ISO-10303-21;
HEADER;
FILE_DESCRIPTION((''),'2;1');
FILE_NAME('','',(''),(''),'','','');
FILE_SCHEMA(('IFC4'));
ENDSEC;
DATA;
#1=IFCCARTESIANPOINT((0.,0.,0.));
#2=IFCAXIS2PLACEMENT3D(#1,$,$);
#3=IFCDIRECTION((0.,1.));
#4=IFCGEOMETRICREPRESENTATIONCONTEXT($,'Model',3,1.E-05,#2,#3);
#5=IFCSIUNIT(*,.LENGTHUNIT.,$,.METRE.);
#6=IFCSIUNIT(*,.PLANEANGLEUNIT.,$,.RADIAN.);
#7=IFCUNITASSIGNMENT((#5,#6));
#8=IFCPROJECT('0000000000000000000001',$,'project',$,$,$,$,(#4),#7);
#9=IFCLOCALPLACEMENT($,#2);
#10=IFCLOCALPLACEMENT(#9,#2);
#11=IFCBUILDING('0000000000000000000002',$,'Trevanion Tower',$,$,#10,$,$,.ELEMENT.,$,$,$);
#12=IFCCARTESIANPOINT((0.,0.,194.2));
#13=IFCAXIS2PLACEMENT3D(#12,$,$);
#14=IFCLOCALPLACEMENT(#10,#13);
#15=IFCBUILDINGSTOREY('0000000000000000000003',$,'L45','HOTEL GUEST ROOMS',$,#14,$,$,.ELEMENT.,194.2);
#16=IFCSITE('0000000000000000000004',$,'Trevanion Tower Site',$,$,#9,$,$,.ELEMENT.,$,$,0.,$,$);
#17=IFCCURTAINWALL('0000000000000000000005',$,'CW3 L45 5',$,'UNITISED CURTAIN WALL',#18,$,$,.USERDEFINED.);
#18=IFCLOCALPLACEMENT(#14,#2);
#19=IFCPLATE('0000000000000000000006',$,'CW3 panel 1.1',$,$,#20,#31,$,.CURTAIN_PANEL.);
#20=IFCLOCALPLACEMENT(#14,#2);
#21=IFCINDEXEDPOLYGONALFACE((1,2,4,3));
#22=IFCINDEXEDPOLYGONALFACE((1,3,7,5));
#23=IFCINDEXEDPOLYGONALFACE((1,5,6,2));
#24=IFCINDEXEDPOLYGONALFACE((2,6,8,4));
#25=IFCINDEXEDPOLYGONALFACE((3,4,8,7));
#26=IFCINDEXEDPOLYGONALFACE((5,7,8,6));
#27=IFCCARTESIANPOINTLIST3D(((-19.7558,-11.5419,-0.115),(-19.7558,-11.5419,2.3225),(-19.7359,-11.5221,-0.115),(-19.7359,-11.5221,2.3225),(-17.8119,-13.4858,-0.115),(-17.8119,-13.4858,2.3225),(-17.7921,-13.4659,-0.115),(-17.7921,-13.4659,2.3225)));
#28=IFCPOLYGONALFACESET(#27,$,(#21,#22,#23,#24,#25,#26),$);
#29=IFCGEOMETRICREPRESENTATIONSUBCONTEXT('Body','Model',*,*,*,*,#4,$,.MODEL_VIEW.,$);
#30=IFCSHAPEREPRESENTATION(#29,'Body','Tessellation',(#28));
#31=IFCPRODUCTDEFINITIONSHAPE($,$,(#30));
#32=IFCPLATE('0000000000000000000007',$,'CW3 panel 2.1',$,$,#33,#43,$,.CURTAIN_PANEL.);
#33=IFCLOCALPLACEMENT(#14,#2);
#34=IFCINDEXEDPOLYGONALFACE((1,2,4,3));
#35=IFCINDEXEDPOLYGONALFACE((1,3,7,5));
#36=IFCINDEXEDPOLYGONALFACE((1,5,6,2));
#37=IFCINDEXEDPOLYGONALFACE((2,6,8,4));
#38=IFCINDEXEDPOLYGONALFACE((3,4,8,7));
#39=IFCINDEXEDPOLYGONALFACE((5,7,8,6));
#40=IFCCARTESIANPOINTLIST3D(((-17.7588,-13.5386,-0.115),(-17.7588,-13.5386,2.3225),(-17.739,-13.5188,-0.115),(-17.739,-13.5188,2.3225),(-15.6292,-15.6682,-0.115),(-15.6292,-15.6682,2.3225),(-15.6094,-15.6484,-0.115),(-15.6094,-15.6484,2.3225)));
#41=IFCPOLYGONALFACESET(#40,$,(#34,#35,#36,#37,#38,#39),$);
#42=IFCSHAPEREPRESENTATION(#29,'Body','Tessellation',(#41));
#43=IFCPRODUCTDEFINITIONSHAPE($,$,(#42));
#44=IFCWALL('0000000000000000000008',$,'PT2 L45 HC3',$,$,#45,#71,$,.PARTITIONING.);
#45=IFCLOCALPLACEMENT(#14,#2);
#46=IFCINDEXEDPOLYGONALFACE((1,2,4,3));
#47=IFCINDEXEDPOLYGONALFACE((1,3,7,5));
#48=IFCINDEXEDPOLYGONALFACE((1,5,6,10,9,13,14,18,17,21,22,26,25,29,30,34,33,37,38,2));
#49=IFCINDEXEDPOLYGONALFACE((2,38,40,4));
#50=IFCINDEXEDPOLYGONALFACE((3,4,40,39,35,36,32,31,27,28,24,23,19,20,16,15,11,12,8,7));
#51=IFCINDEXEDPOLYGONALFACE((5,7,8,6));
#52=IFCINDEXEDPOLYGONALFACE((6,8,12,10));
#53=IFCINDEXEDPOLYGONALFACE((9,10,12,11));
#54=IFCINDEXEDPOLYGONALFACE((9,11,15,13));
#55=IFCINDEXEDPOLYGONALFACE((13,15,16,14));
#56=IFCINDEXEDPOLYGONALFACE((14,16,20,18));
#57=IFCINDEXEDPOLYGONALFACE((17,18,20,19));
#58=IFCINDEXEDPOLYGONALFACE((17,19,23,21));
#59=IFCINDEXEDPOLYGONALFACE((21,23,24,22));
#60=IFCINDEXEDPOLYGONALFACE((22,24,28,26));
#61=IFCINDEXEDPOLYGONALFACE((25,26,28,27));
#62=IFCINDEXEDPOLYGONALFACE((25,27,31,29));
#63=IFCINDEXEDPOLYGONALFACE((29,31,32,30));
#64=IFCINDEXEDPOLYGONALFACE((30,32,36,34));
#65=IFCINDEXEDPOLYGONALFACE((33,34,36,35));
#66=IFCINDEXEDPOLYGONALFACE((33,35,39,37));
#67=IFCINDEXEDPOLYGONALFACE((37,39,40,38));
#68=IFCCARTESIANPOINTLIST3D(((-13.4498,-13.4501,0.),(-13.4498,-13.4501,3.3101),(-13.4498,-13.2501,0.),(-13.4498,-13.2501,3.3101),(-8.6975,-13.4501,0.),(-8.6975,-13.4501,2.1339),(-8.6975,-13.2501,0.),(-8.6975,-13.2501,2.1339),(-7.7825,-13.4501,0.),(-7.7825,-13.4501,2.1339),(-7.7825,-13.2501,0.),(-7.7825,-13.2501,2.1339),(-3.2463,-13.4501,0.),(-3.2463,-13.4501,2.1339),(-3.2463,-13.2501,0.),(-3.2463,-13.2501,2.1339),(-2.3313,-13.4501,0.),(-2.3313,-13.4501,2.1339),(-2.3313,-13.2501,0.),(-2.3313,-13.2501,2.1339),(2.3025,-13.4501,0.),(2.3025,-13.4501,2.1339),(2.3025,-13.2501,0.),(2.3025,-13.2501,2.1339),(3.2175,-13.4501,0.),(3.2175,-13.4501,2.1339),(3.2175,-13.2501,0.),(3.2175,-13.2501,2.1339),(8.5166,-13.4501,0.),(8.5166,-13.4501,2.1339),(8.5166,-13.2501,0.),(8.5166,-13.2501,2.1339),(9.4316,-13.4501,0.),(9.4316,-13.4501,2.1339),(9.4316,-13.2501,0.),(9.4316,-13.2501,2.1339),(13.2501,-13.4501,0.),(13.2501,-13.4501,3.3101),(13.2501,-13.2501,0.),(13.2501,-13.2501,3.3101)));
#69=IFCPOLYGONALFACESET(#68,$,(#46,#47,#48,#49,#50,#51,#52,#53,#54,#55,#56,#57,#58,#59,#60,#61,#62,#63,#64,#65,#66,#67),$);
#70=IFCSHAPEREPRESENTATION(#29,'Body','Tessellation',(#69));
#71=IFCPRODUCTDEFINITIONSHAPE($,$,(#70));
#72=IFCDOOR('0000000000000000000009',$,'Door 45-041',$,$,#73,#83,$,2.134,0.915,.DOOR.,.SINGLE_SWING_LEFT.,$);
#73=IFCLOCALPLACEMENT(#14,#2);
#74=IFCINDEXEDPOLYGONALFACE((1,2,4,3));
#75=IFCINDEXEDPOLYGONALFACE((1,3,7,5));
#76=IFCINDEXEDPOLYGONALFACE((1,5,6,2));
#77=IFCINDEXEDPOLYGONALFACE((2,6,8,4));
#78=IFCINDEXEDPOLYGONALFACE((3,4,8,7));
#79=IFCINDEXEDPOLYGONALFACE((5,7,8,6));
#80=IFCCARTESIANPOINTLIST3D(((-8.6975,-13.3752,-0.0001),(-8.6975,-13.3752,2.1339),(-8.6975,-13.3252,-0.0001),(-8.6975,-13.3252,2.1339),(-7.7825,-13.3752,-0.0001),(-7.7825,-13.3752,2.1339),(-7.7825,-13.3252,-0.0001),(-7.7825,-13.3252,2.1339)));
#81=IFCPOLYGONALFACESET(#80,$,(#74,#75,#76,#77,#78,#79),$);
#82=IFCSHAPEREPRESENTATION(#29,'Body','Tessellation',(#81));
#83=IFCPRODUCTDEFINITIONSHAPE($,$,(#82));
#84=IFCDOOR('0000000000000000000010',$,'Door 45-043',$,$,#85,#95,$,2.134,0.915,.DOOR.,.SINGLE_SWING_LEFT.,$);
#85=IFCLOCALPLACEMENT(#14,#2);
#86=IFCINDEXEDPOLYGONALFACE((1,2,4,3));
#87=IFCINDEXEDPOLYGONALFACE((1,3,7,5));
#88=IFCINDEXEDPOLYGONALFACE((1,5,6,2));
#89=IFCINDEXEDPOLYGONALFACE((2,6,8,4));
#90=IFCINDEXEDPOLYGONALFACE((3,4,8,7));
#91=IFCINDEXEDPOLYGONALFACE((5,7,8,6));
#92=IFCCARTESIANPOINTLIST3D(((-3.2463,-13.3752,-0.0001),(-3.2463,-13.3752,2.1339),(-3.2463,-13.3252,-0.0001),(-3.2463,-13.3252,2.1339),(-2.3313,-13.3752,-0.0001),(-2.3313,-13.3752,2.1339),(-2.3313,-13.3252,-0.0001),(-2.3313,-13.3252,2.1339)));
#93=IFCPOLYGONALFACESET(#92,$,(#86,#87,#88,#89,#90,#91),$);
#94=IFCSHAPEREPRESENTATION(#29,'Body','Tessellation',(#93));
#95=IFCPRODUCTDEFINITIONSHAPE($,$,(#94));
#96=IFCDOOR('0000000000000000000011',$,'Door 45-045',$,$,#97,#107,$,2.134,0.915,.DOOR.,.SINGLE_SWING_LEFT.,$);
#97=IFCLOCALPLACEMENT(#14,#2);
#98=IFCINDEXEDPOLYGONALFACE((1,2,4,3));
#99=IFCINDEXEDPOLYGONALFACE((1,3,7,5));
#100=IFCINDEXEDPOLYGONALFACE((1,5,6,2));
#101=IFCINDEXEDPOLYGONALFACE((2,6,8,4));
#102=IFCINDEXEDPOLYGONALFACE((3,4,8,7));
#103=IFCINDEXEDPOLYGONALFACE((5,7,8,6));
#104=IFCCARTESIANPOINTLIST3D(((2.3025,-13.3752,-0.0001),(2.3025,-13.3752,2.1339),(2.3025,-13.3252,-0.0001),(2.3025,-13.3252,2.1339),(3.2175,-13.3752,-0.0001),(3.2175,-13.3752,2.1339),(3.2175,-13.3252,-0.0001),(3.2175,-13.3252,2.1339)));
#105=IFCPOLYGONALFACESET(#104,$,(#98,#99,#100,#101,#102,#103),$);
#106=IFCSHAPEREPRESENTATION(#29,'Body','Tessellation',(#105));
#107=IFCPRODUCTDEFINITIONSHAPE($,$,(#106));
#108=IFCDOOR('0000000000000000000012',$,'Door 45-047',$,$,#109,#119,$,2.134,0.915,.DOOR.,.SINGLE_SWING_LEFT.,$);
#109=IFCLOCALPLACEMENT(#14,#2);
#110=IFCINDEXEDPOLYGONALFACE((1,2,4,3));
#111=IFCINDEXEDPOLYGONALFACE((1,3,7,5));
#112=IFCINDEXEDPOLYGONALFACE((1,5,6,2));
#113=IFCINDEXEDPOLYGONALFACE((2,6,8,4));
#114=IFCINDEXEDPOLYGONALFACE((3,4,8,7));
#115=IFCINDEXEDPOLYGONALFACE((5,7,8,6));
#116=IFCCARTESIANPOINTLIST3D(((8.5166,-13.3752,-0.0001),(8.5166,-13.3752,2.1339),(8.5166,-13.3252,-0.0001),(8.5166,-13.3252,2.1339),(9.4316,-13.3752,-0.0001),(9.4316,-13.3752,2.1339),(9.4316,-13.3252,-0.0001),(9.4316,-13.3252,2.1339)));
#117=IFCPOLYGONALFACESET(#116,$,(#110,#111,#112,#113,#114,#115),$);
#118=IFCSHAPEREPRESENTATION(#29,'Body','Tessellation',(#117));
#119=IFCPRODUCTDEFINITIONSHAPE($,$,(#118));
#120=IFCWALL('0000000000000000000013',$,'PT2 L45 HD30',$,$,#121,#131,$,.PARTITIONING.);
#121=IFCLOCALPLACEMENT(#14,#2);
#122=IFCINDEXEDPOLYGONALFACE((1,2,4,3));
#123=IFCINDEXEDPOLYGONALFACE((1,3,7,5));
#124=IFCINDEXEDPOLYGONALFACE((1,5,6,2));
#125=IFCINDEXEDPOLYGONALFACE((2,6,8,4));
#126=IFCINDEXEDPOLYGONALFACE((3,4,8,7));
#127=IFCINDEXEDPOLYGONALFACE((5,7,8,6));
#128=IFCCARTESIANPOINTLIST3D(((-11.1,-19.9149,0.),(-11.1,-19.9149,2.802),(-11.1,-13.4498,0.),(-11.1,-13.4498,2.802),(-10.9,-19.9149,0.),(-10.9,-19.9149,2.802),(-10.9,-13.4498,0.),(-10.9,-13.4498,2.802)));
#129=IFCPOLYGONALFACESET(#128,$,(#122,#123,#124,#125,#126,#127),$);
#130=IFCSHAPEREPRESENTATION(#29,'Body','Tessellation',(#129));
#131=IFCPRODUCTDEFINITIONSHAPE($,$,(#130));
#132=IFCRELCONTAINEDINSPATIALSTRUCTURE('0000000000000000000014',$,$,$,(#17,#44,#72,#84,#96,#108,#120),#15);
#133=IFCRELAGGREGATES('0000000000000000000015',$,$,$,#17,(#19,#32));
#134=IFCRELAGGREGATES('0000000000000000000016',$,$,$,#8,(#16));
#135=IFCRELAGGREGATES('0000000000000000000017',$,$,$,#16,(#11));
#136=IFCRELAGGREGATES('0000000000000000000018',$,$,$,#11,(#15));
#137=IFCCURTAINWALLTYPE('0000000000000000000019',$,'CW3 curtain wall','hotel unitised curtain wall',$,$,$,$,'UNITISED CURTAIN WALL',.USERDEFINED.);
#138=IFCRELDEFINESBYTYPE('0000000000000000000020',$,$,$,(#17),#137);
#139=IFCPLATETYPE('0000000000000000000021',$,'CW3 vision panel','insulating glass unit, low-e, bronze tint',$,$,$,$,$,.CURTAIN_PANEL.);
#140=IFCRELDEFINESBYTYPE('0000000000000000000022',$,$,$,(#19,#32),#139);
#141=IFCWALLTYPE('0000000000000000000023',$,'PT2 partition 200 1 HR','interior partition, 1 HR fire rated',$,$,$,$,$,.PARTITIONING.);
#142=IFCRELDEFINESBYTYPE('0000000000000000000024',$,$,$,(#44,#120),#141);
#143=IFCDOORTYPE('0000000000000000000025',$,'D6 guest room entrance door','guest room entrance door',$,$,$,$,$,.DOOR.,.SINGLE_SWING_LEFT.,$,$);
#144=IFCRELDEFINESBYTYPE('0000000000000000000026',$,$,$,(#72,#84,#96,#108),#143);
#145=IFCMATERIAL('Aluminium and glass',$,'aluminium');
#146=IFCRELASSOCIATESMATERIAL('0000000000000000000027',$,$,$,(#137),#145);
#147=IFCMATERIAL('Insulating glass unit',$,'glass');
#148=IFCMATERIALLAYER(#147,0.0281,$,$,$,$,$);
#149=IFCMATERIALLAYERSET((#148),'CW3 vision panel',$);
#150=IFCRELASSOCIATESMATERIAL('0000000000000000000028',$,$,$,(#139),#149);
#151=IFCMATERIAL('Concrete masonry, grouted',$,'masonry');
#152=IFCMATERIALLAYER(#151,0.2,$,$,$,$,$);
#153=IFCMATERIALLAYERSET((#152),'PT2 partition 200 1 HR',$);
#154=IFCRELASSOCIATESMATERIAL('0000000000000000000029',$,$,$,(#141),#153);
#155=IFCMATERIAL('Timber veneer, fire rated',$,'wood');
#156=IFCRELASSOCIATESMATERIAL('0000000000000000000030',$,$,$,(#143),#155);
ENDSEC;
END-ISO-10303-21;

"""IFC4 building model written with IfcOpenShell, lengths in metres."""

from ifc_helpers import new_model, si_unit, direction, frame, frame_2d, origin, origin_2d, place, context, subcontext, project, spatial, rectangle, extrude, material, layer, layer_set, type_object, element, fill, aggregate, save


model = new_model("IFC4")

# Units and contexts
model_context = context("Model", 3, precision=1e-05, world=origin(), true_north=direction((0.0, 1.0)))
body_context = subcontext(model_context, "Body", "Model", "MODEL_VIEW")
ifc_project = project(units=[si_unit("LENGTHUNIT", "METRE"), si_unit("PLANEANGLEUNIT", "RADIAN")], contexts=[model_context])

# Site, building, storey
site_placement = place(None, origin())
site = spatial("IfcSite", under=ifc_project, at=site_placement, Name="Trevanion Tower Site", CompositionType="ELEMENT", RefElevation=0.0)
building_placement = place(site_placement, origin())
building = spatial("IfcBuilding", under=site, at=building_placement, Name="Trevanion Tower", CompositionType="ELEMENT")
storey_placement = place(building_placement, frame((0.0, 0.0, 194.2)))
storey = spatial("IfcBuildingStorey", under=building, at=storey_placement, Name="L45", Description="HOTEL GUEST ROOMS", CompositionType="ELEMENT", Elevation=194.2)

# Curtain wall
ifc_material_1 = material(Name="Aluminium and glass", Category="aluminium")
curtain_wall_type = type_object("IfcCurtainWallType", Name="CW3 curtain wall", Description="hotel unitised curtain wall", ElementType="UNITISED CURTAIN WALL", PredefinedType="USERDEFINED", material=ifc_material_1)
curtain_wall_1_placement = place(storey_placement, origin())
curtain_wall_1 = element("IfcCurtainWall", 1, at=curtain_wall_1_placement, inside=storey, type_object=curtain_wall_type, Name="CW3 L45 5", ObjectType="UNITISED CURTAIN WALL", PredefinedType="USERDEFINED")

# Plates
ifc_material_2 = material(Name="Insulating glass unit", Category="glass")
ifc_layer_1 = layer(ifc_material_2, 0.0281)
ifc_layer_set_1 = layer_set([ifc_layer_1], Name="CW3 vision panel")
plate_type_1 = type_object("IfcPlateType", Name="CW3 vision panel", Description="insulating glass unit, low-e, bronze tint", PredefinedType="CURTAIN_PANEL", material=ifc_layer_set_1)
plate_1_placement = place(storey_placement, frame((-18.7739, -12.5039, -0.115), z_axis=(0.0, 0.0, 1.0), x_axis=(0.707107, -0.707107, 0.0)))
plate_1 = element("IfcPlate", 2, at=plate_1_placement, type_object=plate_type_1, Name="CW3 panel 1.1", PredefinedType="CURTAIN_PANEL", context=body_context, shape_type="SweptSolid", body=[
    extrude(rectangle(XDim=2.749, YDim=0.0281, at=origin_2d()), origin(), (0.0, 0.0, 1.0), 2.4375),
])
plate_2_placement = place(storey_placement, frame((-16.6841, -14.5935, -0.115), z_axis=(0.0, 0.0, 1.0), x_axis=(0.707107, -0.707107, 0.0)))
plate_2 = element("IfcPlate", 3, at=plate_2_placement, type_object=plate_type_1, Name="CW3 panel 2.1", PredefinedType="CURTAIN_PANEL", context=body_context, shape_type="SweptSolid", body=[
    extrude(rectangle(XDim=3.0117, YDim=0.0281, at=origin_2d()), origin(), (0.0, 0.0, 1.0), 2.4375),
])
aggregate(curtain_wall_1, [plate_1, plate_2])

# Wall, openings, doors
ifc_material_3 = material(Name="Concrete masonry, grouted", Category="masonry")
ifc_layer_2 = layer(ifc_material_3, 0.2)
ifc_layer_set_2 = layer_set([ifc_layer_2], Name="PT2 partition 200 1 HR")
wall_type = type_object("IfcWallType", Name="PT2 partition 200 1 HR", Description="interior partition, 1 HR fire rated", PredefinedType="PARTITIONING", material=ifc_layer_set_2)
wall_1_placement = place(storey_placement, frame((-13.45, -13.3501, 0.0), z_axis=(0.0, 0.0, 1.0), x_axis=(1.0, 0.0, 0.0)))
wall_1 = element("IfcWall", 4, at=wall_1_placement, inside=storey, type_object=wall_type, Name="PT2 L45 HC3", PredefinedType="PARTITIONING", context=body_context, shape_type="SweptSolid", body=[
    extrude(rectangle(XDim=26.7, YDim=0.2, at=frame_2d((13.3501, 0.0))), origin(), (0.0, 0.0, 1.0), 3.3101),
])
opening_1_placement = place(wall_1_placement, frame((4.7524, 0.0, 0.0)))
opening_1 = element("IfcOpeningElement", 5, at=opening_1_placement, cuts=wall_1, PredefinedType="OPENING", context=body_context, shape_type="SweptSolid", body=[
    extrude(rectangle(XDim=0.915, YDim=2.134, at=frame_2d((0.4575, 1.0669))), frame((0.0, 0.1099, 0.0), z_axis=(0.0, -1.0, 0.0), x_axis=(1.0, 0.0, 0.0)), (0.0, 0.0, 1.0), 0.22),
])
opening_2_placement = place(wall_1_placement, frame((10.2036, 0.0, 0.0)))
opening_2 = element("IfcOpeningElement", 6, at=opening_2_placement, cuts=wall_1, PredefinedType="OPENING", context=body_context, shape_type="SweptSolid", body=[
    extrude(rectangle(XDim=0.915, YDim=2.134, at=frame_2d((0.4575, 1.0669))), frame((0.0, 0.1099, 0.0), z_axis=(0.0, -1.0, 0.0), x_axis=(1.0, 0.0, 0.0)), (0.0, 0.0, 1.0), 0.22),
])
opening_3_placement = place(wall_1_placement, frame((15.7524, 0.0, 0.0)))
opening_3 = element("IfcOpeningElement", 7, at=opening_3_placement, cuts=wall_1, PredefinedType="OPENING", context=body_context, shape_type="SweptSolid", body=[
    extrude(rectangle(XDim=0.915, YDim=2.134, at=frame_2d((0.4575, 1.0669))), frame((0.0, 0.1099, 0.0), z_axis=(0.0, -1.0, 0.0), x_axis=(1.0, 0.0, 0.0)), (0.0, 0.0, 1.0), 0.22),
])
opening_4_placement = place(wall_1_placement, frame((21.9666, 0.0, 0.0)))
opening_4 = element("IfcOpeningElement", 8, at=opening_4_placement, cuts=wall_1, PredefinedType="OPENING", context=body_context, shape_type="SweptSolid", body=[
    extrude(rectangle(XDim=0.915, YDim=2.134, at=frame_2d((0.4575, 1.0669))), frame((0.0, 0.1099, 0.0), z_axis=(0.0, -1.0, 0.0), x_axis=(1.0, 0.0, 0.0)), (0.0, 0.0, 1.0), 0.22),
])
ifc_material_4 = material(Name="Timber veneer, fire rated", Category="wood")
door_type = type_object("IfcDoorType", Name="D6 guest room entrance door", Description="guest room entrance door", OperationType="SINGLE_SWING_LEFT", PredefinedType="DOOR", material=ifc_material_4)
door_1_placement = place(opening_1_placement, origin())
door_1 = element("IfcDoor", 9, at=door_1_placement, inside=storey, type_object=door_type, Name="Door 45-041", OperationType="SINGLE_SWING_LEFT", OverallHeight=2.134, OverallWidth=0.915, PredefinedType="DOOR", context=body_context, shape_type="SweptSolid", body=[
    extrude(rectangle(XDim=0.915, YDim=2.134, at=frame_2d((0.4575, 1.0669))), frame((0.0, 0.0249, 0.0), z_axis=(0.0, -1.0, 0.0), x_axis=(1.0, 0.0, 0.0)), (0.0, 0.0, 1.0), 0.05),
])
fill(opening_1, door_1)
door_2_placement = place(opening_2_placement, origin())
door_2 = element("IfcDoor", 10, at=door_2_placement, inside=storey, type_object=door_type, Name="Door 45-043", OperationType="SINGLE_SWING_LEFT", OverallHeight=2.134, OverallWidth=0.915, PredefinedType="DOOR", context=body_context, shape_type="SweptSolid", body=[
    extrude(rectangle(XDim=0.915, YDim=2.134, at=frame_2d((0.4575, 1.0669))), frame((0.0, 0.0249, 0.0), z_axis=(0.0, -1.0, 0.0), x_axis=(1.0, 0.0, 0.0)), (0.0, 0.0, 1.0), 0.05),
])
fill(opening_2, door_2)
door_3_placement = place(opening_3_placement, origin())
door_3 = element("IfcDoor", 11, at=door_3_placement, inside=storey, type_object=door_type, Name="Door 45-045", OperationType="SINGLE_SWING_LEFT", OverallHeight=2.134, OverallWidth=0.915, PredefinedType="DOOR", context=body_context, shape_type="SweptSolid", body=[
    extrude(rectangle(XDim=0.915, YDim=2.134, at=frame_2d((0.4575, 1.0669))), frame((0.0, 0.0249, 0.0), z_axis=(0.0, -1.0, 0.0), x_axis=(1.0, 0.0, 0.0)), (0.0, 0.0, 1.0), 0.05),
])
fill(opening_3, door_3)
door_4_placement = place(opening_4_placement, origin())
door_4 = element("IfcDoor", 12, at=door_4_placement, inside=storey, type_object=door_type, Name="Door 45-047", OperationType="SINGLE_SWING_LEFT", OverallHeight=2.134, OverallWidth=0.915, PredefinedType="DOOR", context=body_context, shape_type="SweptSolid", body=[
    extrude(rectangle(XDim=0.915, YDim=2.134, at=frame_2d((0.4575, 1.0669))), frame((0.0, 0.0249, 0.0), z_axis=(0.0, -1.0, 0.0), x_axis=(1.0, 0.0, 0.0)), (0.0, 0.0, 1.0), 0.05),
])
fill(opening_4, door_4)

# Wall
wall_2_placement = place(storey_placement, frame((-11.0, -13.45, 0.0), z_axis=(0.0, 0.0, 1.0), x_axis=(0.0, -1.0, 0.0)))
element("IfcWall", 13, at=wall_2_placement, inside=storey, type_object=wall_type, Name="PT2 L45 HD30", PredefinedType="PARTITIONING", context=body_context, shape_type="SweptSolid", body=[
    extrude(rectangle(XDim=6.4651, YDim=0.2, at=frame_2d((3.2324, 0.0))), origin(), (0.0, 0.0, 1.0), 2.802),
])

save(model, "model.ifc")
